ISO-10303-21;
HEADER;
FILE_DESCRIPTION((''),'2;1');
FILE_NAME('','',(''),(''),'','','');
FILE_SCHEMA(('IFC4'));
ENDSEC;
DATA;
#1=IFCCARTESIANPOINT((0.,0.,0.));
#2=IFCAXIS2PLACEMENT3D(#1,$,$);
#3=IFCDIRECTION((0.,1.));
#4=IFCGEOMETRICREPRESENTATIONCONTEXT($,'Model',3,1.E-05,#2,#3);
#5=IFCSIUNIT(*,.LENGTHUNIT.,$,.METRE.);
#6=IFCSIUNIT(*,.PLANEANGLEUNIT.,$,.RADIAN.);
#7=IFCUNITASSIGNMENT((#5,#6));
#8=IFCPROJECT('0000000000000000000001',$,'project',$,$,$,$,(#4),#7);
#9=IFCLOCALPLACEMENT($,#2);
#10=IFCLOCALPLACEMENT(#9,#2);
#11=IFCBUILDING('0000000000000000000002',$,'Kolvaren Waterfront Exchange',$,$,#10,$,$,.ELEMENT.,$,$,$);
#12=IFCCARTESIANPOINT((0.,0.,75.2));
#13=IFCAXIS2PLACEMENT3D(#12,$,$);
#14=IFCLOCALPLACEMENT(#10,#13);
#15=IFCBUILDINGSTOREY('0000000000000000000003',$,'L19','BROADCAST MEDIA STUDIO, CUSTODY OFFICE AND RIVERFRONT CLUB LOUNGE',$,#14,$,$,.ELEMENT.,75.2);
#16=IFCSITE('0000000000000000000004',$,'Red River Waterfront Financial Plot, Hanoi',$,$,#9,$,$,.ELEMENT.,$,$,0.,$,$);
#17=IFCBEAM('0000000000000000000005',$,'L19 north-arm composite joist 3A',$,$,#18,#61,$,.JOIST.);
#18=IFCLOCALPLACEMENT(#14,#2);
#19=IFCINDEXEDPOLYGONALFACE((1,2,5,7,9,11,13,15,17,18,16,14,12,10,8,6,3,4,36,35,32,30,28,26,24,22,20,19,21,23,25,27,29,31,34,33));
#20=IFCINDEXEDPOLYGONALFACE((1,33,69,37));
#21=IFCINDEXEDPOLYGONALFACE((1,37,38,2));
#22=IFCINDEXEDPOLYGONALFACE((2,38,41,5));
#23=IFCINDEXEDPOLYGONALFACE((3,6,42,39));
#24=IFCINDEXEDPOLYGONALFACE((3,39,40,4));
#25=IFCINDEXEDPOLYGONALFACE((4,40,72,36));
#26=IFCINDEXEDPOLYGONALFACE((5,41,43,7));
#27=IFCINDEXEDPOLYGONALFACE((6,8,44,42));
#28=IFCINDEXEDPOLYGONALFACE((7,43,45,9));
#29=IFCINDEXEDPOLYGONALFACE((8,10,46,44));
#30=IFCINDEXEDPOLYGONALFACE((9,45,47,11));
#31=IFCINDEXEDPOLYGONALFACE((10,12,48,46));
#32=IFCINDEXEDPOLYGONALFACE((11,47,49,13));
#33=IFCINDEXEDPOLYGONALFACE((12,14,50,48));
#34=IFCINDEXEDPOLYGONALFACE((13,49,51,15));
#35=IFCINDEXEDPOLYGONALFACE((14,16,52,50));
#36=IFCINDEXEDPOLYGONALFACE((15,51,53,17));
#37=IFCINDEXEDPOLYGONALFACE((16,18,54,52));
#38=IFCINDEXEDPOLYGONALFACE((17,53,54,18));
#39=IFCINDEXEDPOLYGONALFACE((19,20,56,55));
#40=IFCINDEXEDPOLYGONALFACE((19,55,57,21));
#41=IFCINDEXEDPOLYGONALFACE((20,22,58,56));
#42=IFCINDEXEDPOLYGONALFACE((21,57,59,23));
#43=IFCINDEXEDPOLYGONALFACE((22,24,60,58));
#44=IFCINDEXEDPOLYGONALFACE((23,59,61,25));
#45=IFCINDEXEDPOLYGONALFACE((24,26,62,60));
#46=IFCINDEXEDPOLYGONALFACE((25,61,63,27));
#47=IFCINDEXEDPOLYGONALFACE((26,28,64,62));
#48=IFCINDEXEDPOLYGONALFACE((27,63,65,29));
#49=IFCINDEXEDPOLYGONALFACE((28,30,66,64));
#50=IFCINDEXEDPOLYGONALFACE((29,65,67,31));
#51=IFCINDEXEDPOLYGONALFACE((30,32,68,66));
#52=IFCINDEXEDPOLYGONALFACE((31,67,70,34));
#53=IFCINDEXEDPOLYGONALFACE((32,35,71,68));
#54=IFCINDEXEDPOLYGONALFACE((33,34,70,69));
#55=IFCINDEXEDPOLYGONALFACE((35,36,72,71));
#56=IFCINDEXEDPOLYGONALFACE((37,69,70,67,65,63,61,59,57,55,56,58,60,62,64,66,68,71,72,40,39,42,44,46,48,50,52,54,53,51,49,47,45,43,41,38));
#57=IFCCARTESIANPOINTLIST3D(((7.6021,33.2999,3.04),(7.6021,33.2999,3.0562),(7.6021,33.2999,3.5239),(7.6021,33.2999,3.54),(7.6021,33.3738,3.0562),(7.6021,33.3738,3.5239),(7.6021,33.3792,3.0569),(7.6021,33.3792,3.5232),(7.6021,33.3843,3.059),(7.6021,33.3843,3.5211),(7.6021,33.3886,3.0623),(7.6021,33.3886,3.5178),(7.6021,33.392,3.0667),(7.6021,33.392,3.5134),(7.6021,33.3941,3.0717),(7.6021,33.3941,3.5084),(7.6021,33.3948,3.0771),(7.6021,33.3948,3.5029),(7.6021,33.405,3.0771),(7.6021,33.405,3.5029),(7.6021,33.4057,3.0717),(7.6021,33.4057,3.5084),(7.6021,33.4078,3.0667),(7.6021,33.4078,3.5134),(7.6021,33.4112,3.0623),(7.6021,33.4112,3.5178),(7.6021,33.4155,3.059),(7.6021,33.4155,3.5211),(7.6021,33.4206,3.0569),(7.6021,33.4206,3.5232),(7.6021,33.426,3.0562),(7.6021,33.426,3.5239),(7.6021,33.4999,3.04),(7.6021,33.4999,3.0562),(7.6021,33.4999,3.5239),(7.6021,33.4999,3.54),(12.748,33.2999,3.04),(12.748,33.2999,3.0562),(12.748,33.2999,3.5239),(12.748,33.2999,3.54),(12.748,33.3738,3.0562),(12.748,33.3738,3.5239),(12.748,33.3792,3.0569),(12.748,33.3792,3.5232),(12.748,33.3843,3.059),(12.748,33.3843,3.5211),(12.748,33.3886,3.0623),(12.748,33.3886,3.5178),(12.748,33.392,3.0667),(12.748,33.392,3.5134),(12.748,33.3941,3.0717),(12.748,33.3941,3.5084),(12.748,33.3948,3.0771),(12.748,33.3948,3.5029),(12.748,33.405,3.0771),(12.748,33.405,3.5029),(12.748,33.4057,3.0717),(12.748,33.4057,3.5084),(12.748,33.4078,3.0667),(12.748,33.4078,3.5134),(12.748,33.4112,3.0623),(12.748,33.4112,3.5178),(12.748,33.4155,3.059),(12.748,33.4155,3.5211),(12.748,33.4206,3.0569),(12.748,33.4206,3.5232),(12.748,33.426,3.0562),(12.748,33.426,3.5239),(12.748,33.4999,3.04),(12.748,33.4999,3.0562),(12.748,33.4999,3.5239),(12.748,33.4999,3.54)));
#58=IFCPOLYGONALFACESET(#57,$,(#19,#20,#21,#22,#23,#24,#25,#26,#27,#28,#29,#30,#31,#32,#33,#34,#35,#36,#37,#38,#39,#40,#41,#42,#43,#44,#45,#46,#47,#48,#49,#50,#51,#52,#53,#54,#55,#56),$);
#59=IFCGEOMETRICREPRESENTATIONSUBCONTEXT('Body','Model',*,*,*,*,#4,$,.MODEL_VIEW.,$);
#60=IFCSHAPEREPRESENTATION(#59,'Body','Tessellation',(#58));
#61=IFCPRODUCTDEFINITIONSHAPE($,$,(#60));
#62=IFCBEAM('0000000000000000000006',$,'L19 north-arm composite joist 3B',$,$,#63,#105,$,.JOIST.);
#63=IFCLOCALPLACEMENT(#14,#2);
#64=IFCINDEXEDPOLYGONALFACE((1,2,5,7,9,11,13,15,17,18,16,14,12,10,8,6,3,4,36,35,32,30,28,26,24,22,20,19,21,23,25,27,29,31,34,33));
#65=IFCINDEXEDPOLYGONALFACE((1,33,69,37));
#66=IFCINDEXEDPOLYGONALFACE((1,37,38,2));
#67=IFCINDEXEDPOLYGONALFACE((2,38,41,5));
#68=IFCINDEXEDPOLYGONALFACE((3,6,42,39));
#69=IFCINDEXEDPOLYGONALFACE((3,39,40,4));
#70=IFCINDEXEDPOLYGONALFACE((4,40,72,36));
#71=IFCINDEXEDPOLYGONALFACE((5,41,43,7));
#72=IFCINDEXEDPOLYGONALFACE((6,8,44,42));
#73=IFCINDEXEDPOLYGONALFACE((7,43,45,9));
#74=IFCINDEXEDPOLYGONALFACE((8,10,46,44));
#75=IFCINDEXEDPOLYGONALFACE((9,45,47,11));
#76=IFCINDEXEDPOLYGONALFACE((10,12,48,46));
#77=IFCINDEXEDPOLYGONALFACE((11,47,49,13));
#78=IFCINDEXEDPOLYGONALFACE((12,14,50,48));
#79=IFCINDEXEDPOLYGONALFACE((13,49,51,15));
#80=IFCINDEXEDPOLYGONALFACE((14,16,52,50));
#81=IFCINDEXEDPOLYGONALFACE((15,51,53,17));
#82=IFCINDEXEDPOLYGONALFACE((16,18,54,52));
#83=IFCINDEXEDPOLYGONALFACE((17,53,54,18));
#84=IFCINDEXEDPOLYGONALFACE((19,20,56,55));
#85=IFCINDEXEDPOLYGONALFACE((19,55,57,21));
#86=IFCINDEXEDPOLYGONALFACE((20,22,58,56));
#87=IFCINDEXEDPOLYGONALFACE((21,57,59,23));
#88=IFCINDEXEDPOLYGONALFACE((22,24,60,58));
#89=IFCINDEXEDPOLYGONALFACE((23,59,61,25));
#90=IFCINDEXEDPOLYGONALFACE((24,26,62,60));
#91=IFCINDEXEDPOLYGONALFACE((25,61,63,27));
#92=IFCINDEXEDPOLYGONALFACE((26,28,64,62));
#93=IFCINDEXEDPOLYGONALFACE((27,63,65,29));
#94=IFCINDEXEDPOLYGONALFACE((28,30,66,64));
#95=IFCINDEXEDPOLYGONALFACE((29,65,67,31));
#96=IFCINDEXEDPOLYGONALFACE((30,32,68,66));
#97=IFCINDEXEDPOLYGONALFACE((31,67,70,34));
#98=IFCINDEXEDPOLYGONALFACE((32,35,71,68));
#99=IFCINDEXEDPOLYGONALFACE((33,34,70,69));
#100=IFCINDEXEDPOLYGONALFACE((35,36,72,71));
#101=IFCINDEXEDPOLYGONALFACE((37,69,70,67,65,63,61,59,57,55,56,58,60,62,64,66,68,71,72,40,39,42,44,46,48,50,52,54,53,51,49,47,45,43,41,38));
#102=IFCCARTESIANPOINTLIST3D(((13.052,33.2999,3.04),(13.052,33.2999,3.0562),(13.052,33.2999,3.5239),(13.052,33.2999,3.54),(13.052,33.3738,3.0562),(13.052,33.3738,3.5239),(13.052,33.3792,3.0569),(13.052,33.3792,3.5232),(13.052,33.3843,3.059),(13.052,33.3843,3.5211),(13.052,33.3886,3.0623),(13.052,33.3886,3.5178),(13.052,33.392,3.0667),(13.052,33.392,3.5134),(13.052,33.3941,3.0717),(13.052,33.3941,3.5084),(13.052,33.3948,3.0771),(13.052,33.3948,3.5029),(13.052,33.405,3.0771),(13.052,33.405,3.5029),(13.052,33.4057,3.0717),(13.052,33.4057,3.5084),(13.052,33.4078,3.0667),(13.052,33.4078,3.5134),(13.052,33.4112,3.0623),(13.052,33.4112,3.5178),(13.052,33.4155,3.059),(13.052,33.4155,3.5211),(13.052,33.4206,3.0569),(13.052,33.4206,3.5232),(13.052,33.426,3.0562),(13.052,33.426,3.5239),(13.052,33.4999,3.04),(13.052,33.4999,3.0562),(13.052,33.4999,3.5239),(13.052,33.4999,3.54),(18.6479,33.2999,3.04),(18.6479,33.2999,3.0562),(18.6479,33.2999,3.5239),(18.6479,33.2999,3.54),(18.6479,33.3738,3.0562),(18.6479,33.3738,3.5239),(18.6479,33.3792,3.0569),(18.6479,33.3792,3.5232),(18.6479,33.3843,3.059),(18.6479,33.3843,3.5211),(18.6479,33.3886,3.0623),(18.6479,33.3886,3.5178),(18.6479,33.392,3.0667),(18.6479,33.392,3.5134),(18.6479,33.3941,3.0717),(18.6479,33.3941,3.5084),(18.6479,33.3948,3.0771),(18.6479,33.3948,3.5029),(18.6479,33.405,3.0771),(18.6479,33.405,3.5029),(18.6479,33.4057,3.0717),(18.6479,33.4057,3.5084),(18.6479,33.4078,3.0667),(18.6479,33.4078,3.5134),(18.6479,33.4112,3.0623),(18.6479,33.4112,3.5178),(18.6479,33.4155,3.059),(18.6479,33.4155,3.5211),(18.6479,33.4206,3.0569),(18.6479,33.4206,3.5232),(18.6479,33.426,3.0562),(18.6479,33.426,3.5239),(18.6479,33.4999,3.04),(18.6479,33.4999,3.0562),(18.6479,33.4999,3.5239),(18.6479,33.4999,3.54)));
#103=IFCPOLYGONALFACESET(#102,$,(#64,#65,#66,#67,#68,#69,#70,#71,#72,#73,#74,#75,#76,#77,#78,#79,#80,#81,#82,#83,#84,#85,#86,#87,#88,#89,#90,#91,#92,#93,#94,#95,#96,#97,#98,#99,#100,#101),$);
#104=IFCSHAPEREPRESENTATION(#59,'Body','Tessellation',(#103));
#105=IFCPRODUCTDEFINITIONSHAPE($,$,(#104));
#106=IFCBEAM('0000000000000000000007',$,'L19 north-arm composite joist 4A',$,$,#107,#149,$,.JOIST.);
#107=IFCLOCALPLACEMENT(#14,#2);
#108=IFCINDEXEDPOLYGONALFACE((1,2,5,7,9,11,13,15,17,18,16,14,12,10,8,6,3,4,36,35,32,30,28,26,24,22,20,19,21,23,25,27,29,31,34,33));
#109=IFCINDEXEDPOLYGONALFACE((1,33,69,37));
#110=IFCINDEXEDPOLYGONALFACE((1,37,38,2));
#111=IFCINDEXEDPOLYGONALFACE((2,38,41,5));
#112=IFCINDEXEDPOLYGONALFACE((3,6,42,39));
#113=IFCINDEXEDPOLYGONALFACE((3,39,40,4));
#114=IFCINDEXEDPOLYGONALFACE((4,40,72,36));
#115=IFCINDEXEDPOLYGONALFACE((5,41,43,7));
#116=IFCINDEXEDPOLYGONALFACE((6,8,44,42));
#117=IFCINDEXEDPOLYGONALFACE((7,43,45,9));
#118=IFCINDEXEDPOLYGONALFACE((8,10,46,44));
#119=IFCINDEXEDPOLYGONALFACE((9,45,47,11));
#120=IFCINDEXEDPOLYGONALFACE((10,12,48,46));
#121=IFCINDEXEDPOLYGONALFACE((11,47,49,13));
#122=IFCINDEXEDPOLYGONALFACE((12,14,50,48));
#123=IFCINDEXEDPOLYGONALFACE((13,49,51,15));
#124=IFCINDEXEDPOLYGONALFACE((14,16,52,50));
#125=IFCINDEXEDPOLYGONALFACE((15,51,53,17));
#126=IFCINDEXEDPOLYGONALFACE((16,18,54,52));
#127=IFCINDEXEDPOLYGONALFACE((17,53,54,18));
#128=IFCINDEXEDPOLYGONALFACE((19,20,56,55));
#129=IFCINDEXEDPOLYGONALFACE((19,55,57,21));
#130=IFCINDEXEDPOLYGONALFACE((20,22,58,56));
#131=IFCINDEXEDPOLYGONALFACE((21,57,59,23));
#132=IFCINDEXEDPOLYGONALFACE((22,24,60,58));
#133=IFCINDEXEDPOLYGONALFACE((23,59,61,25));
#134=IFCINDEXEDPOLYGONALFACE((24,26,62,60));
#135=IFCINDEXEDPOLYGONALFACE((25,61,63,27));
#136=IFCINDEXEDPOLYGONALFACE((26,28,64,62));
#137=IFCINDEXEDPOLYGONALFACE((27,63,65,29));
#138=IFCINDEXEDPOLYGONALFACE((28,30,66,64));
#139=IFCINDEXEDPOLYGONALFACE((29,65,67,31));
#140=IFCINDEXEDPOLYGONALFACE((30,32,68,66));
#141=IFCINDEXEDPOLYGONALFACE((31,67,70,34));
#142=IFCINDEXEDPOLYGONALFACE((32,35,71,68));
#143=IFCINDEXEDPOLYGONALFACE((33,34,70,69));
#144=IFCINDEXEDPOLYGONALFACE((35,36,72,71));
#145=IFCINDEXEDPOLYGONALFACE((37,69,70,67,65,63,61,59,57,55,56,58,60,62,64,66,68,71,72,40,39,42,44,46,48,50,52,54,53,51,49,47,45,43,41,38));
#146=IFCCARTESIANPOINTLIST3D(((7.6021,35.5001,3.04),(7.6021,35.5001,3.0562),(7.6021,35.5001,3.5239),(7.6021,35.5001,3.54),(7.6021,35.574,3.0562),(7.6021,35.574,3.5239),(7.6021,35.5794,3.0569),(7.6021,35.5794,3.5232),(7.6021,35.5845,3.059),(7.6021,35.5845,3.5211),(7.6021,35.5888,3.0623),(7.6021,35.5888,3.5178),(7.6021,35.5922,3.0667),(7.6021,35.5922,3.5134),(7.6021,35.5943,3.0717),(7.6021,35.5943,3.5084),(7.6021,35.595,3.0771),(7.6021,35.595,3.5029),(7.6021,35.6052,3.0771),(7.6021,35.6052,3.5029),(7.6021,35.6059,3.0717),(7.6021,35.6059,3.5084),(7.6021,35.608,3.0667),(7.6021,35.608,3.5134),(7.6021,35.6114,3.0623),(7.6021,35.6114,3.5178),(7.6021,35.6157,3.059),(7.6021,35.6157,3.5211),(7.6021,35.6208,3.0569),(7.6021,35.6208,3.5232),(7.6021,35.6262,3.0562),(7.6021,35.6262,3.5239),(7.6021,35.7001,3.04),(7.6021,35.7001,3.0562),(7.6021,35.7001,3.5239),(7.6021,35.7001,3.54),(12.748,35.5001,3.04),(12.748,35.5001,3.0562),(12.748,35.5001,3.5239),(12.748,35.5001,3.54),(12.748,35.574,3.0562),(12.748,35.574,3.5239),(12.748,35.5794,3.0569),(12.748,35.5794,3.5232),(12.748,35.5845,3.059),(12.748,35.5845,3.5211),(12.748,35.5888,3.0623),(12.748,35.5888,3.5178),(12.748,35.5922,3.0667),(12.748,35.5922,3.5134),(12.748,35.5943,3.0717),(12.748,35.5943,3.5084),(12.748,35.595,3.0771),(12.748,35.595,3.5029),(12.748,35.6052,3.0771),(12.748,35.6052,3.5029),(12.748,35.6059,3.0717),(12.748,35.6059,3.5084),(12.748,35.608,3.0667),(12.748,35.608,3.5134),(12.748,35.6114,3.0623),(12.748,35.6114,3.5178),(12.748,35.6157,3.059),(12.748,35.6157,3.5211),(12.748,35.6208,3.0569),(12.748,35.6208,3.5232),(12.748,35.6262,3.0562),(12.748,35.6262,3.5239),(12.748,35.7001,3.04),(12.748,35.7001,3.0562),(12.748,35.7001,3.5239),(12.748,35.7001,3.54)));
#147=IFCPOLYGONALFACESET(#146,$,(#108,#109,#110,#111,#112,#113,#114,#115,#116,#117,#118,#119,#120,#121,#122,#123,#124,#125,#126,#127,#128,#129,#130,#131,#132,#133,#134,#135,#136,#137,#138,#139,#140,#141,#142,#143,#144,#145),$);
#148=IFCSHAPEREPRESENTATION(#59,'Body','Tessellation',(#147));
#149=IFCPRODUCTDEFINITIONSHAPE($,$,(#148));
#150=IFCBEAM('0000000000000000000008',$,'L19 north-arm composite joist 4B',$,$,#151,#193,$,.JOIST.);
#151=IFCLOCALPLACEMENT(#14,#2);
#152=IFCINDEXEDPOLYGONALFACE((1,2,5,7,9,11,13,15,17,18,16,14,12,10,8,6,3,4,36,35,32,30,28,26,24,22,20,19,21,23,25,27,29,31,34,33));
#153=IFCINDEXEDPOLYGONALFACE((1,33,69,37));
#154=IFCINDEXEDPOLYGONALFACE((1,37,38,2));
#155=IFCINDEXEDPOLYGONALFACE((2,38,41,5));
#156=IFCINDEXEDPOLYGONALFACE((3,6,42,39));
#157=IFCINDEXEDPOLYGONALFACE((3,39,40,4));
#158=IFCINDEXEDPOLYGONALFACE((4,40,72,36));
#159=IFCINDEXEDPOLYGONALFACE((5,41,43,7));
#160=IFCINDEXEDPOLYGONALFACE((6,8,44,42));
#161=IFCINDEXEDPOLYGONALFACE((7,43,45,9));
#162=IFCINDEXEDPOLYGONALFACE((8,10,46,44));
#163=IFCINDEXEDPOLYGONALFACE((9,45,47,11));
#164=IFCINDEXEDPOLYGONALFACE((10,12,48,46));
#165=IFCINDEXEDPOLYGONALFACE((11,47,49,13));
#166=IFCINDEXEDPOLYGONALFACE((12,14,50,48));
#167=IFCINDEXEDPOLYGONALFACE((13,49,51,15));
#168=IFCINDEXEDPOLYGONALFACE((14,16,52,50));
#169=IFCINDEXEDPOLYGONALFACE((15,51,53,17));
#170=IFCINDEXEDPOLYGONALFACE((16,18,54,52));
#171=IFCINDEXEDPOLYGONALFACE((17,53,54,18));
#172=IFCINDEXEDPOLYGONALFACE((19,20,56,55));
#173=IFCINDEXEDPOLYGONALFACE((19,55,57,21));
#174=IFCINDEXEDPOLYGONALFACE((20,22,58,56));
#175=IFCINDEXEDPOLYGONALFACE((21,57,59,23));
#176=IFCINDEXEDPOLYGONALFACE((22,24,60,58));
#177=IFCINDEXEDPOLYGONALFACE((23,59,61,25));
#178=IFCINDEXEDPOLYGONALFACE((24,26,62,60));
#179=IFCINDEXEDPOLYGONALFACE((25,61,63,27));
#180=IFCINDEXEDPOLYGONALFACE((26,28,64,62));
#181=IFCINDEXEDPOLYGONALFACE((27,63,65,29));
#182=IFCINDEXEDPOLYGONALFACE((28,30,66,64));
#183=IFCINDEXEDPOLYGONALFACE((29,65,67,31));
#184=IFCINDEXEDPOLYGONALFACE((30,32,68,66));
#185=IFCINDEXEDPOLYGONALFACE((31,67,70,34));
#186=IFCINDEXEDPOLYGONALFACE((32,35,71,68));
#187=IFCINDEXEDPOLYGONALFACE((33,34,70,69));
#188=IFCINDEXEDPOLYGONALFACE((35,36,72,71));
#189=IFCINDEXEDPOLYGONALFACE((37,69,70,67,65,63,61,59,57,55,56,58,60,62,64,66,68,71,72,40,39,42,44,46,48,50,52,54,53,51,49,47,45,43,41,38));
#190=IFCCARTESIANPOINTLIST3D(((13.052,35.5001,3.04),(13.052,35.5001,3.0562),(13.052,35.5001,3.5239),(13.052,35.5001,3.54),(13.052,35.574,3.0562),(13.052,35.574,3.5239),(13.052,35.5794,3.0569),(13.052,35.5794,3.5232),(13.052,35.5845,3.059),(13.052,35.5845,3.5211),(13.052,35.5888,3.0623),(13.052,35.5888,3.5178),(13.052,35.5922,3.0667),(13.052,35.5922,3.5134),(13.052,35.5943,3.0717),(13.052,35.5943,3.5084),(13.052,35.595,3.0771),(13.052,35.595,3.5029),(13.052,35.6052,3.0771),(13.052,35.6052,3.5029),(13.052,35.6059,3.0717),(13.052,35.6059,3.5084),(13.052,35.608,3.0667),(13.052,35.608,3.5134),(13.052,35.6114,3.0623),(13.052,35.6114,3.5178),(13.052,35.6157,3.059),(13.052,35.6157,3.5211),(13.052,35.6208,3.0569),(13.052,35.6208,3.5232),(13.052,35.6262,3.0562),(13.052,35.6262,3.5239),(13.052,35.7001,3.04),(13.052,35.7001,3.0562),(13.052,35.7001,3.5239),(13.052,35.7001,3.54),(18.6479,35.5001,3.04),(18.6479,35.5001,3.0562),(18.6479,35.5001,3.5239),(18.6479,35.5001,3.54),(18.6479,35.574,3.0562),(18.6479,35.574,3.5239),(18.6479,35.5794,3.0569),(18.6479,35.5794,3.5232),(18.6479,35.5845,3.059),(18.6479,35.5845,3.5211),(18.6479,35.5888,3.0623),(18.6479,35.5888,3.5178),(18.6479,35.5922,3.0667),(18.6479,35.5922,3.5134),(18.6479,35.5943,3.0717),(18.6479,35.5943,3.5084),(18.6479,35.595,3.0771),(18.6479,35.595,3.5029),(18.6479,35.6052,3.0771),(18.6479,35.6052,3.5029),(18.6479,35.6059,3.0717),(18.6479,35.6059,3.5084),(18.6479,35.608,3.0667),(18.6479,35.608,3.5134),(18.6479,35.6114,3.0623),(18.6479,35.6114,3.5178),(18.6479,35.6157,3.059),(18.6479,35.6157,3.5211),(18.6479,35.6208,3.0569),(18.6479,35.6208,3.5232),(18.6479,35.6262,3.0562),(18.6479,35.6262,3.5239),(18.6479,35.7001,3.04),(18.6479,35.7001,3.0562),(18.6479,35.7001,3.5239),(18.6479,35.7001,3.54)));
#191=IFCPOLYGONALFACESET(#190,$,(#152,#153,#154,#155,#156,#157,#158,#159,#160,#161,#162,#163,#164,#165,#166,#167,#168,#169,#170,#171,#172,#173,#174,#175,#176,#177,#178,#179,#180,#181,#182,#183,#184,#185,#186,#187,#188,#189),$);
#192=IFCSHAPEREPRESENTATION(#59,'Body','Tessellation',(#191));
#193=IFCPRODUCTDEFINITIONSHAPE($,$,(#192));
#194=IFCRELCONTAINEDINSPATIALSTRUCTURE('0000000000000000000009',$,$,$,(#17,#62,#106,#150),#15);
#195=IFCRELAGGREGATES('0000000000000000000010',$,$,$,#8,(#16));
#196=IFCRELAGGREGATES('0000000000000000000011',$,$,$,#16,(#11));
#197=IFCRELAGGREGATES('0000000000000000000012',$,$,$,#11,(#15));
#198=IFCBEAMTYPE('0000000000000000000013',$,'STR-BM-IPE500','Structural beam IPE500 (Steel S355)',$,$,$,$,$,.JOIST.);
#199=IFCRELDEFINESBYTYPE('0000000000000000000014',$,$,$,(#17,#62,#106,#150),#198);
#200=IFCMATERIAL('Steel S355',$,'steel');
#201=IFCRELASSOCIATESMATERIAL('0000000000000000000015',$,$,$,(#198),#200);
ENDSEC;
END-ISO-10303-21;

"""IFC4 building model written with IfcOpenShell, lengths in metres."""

from ifc_helpers import new_model, si_unit, direction, frame, origin, origin_2d, place, context, subcontext, project, spatial, i_section, extrude, material, material_profile, profile_set, type_object, element, save


model = new_model("IFC4")

# Units and contexts
model_context = context("Model", 3, precision=1e-05, world=origin(), true_north=direction((0.0, 1.0)))
body_context = subcontext(model_context, "Body", "Model", "MODEL_VIEW")
ifc_project = project(units=[si_unit("LENGTHUNIT", "METRE"), si_unit("PLANEANGLEUNIT", "RADIAN")], contexts=[model_context])

# Site, building, storey
site_placement = place(None, origin())
site = spatial("IfcSite", under=ifc_project, at=site_placement, Name="Red River Waterfront Financial Plot, Hanoi", CompositionType="ELEMENT", RefElevation=0.0)
building_placement = place(site_placement, origin())
building = spatial("IfcBuilding", under=site, at=building_placement, Name="Kolvaren Waterfront Exchange", CompositionType="ELEMENT")
storey_placement = place(building_placement, frame((0.0, 0.0, 75.2)))
storey = spatial("IfcBuildingStorey", under=building, at=storey_placement, Name="L19", Description="BROADCAST MEDIA STUDIO, CUSTODY OFFICE AND RIVERFRONT CLUB LOUNGE", CompositionType="ELEMENT", Elevation=75.2)

# Beams
ifc_material_1 = material(Name="Steel S355", Category="steel")
ifc_material_profile_1 = material_profile(ifc_material_1, i_section(OverallWidth=0.2, OverallDepth=0.5, WebThickness=0.0103, FlangeThickness=0.0161, FilletRadius=0.021, at=origin_2d()), Name="IPE500")
ifc_profile_set_1 = profile_set([ifc_material_profile_1], Name="Steel S355")
beam_type_1 = type_object("IfcBeamType", Name="STR-BM-IPE500", Description="Structural beam IPE500 (Steel S355)", PredefinedType="JOIST", material=ifc_profile_set_1)
beam_1_placement = place(storey_placement, frame((7.6021, 33.3999, 3.29), z_axis=(1.0, 0.0, 0.0), x_axis=(0.0, 1.0, 0.0)))
element("IfcBeam", 1, at=beam_1_placement, inside=storey, type_object=beam_type_1, Name="L19 north-arm composite joist 3A", PredefinedType="JOIST", context=body_context, shape_type="SweptSolid", body=[
    extrude(i_section(OverallWidth=0.2, OverallDepth=0.5, WebThickness=0.0103, FlangeThickness=0.0161, FilletRadius=0.021, at=origin_2d()), origin(), (0.0, 0.0, 1.0), 5.146),
])
beam_2_placement = place(storey_placement, frame((13.052, 33.3999, 3.29), z_axis=(1.0, 0.0, 0.0), x_axis=(0.0, 1.0, 0.0)))
element("IfcBeam", 2, at=beam_2_placement, inside=storey, type_object=beam_type_1, Name="L19 north-arm composite joist 3B", PredefinedType="JOIST", context=body_context, shape_type="SweptSolid", body=[
    extrude(i_section(OverallWidth=0.2, OverallDepth=0.5, WebThickness=0.0103, FlangeThickness=0.0161, FilletRadius=0.021, at=origin_2d()), origin(), (0.0, 0.0, 1.0), 5.5959),
])
beam_3_placement = place(storey_placement, frame((7.6021, 35.6001, 3.29), z_axis=(1.0, 0.0, 0.0), x_axis=(0.0, 1.0, 0.0)))
element("IfcBeam", 3, at=beam_3_placement, inside=storey, type_object=beam_type_1, Name="L19 north-arm composite joist 4A", PredefinedType="JOIST", context=body_context, shape_type="SweptSolid", body=[
    extrude(i_section(OverallWidth=0.2, OverallDepth=0.5, WebThickness=0.0103, FlangeThickness=0.0161, FilletRadius=0.021, at=origin_2d()), origin(), (0.0, 0.0, 1.0), 5.146),
])
beam_4_placement = place(storey_placement, frame((13.052, 35.6001, 3.29), z_axis=(1.0, 0.0, 0.0), x_axis=(0.0, 1.0, 0.0)))
element("IfcBeam", 4, at=beam_4_placement, inside=storey, type_object=beam_type_1, Name="L19 north-arm composite joist 4B", PredefinedType="JOIST", context=body_context, shape_type="SweptSolid", body=[
    extrude(i_section(OverallWidth=0.2, OverallDepth=0.5, WebThickness=0.0103, FlangeThickness=0.0161, FilletRadius=0.021, at=origin_2d()), origin(), (0.0, 0.0, 1.0), 5.5959),
])

save(model, "model.ifc")
